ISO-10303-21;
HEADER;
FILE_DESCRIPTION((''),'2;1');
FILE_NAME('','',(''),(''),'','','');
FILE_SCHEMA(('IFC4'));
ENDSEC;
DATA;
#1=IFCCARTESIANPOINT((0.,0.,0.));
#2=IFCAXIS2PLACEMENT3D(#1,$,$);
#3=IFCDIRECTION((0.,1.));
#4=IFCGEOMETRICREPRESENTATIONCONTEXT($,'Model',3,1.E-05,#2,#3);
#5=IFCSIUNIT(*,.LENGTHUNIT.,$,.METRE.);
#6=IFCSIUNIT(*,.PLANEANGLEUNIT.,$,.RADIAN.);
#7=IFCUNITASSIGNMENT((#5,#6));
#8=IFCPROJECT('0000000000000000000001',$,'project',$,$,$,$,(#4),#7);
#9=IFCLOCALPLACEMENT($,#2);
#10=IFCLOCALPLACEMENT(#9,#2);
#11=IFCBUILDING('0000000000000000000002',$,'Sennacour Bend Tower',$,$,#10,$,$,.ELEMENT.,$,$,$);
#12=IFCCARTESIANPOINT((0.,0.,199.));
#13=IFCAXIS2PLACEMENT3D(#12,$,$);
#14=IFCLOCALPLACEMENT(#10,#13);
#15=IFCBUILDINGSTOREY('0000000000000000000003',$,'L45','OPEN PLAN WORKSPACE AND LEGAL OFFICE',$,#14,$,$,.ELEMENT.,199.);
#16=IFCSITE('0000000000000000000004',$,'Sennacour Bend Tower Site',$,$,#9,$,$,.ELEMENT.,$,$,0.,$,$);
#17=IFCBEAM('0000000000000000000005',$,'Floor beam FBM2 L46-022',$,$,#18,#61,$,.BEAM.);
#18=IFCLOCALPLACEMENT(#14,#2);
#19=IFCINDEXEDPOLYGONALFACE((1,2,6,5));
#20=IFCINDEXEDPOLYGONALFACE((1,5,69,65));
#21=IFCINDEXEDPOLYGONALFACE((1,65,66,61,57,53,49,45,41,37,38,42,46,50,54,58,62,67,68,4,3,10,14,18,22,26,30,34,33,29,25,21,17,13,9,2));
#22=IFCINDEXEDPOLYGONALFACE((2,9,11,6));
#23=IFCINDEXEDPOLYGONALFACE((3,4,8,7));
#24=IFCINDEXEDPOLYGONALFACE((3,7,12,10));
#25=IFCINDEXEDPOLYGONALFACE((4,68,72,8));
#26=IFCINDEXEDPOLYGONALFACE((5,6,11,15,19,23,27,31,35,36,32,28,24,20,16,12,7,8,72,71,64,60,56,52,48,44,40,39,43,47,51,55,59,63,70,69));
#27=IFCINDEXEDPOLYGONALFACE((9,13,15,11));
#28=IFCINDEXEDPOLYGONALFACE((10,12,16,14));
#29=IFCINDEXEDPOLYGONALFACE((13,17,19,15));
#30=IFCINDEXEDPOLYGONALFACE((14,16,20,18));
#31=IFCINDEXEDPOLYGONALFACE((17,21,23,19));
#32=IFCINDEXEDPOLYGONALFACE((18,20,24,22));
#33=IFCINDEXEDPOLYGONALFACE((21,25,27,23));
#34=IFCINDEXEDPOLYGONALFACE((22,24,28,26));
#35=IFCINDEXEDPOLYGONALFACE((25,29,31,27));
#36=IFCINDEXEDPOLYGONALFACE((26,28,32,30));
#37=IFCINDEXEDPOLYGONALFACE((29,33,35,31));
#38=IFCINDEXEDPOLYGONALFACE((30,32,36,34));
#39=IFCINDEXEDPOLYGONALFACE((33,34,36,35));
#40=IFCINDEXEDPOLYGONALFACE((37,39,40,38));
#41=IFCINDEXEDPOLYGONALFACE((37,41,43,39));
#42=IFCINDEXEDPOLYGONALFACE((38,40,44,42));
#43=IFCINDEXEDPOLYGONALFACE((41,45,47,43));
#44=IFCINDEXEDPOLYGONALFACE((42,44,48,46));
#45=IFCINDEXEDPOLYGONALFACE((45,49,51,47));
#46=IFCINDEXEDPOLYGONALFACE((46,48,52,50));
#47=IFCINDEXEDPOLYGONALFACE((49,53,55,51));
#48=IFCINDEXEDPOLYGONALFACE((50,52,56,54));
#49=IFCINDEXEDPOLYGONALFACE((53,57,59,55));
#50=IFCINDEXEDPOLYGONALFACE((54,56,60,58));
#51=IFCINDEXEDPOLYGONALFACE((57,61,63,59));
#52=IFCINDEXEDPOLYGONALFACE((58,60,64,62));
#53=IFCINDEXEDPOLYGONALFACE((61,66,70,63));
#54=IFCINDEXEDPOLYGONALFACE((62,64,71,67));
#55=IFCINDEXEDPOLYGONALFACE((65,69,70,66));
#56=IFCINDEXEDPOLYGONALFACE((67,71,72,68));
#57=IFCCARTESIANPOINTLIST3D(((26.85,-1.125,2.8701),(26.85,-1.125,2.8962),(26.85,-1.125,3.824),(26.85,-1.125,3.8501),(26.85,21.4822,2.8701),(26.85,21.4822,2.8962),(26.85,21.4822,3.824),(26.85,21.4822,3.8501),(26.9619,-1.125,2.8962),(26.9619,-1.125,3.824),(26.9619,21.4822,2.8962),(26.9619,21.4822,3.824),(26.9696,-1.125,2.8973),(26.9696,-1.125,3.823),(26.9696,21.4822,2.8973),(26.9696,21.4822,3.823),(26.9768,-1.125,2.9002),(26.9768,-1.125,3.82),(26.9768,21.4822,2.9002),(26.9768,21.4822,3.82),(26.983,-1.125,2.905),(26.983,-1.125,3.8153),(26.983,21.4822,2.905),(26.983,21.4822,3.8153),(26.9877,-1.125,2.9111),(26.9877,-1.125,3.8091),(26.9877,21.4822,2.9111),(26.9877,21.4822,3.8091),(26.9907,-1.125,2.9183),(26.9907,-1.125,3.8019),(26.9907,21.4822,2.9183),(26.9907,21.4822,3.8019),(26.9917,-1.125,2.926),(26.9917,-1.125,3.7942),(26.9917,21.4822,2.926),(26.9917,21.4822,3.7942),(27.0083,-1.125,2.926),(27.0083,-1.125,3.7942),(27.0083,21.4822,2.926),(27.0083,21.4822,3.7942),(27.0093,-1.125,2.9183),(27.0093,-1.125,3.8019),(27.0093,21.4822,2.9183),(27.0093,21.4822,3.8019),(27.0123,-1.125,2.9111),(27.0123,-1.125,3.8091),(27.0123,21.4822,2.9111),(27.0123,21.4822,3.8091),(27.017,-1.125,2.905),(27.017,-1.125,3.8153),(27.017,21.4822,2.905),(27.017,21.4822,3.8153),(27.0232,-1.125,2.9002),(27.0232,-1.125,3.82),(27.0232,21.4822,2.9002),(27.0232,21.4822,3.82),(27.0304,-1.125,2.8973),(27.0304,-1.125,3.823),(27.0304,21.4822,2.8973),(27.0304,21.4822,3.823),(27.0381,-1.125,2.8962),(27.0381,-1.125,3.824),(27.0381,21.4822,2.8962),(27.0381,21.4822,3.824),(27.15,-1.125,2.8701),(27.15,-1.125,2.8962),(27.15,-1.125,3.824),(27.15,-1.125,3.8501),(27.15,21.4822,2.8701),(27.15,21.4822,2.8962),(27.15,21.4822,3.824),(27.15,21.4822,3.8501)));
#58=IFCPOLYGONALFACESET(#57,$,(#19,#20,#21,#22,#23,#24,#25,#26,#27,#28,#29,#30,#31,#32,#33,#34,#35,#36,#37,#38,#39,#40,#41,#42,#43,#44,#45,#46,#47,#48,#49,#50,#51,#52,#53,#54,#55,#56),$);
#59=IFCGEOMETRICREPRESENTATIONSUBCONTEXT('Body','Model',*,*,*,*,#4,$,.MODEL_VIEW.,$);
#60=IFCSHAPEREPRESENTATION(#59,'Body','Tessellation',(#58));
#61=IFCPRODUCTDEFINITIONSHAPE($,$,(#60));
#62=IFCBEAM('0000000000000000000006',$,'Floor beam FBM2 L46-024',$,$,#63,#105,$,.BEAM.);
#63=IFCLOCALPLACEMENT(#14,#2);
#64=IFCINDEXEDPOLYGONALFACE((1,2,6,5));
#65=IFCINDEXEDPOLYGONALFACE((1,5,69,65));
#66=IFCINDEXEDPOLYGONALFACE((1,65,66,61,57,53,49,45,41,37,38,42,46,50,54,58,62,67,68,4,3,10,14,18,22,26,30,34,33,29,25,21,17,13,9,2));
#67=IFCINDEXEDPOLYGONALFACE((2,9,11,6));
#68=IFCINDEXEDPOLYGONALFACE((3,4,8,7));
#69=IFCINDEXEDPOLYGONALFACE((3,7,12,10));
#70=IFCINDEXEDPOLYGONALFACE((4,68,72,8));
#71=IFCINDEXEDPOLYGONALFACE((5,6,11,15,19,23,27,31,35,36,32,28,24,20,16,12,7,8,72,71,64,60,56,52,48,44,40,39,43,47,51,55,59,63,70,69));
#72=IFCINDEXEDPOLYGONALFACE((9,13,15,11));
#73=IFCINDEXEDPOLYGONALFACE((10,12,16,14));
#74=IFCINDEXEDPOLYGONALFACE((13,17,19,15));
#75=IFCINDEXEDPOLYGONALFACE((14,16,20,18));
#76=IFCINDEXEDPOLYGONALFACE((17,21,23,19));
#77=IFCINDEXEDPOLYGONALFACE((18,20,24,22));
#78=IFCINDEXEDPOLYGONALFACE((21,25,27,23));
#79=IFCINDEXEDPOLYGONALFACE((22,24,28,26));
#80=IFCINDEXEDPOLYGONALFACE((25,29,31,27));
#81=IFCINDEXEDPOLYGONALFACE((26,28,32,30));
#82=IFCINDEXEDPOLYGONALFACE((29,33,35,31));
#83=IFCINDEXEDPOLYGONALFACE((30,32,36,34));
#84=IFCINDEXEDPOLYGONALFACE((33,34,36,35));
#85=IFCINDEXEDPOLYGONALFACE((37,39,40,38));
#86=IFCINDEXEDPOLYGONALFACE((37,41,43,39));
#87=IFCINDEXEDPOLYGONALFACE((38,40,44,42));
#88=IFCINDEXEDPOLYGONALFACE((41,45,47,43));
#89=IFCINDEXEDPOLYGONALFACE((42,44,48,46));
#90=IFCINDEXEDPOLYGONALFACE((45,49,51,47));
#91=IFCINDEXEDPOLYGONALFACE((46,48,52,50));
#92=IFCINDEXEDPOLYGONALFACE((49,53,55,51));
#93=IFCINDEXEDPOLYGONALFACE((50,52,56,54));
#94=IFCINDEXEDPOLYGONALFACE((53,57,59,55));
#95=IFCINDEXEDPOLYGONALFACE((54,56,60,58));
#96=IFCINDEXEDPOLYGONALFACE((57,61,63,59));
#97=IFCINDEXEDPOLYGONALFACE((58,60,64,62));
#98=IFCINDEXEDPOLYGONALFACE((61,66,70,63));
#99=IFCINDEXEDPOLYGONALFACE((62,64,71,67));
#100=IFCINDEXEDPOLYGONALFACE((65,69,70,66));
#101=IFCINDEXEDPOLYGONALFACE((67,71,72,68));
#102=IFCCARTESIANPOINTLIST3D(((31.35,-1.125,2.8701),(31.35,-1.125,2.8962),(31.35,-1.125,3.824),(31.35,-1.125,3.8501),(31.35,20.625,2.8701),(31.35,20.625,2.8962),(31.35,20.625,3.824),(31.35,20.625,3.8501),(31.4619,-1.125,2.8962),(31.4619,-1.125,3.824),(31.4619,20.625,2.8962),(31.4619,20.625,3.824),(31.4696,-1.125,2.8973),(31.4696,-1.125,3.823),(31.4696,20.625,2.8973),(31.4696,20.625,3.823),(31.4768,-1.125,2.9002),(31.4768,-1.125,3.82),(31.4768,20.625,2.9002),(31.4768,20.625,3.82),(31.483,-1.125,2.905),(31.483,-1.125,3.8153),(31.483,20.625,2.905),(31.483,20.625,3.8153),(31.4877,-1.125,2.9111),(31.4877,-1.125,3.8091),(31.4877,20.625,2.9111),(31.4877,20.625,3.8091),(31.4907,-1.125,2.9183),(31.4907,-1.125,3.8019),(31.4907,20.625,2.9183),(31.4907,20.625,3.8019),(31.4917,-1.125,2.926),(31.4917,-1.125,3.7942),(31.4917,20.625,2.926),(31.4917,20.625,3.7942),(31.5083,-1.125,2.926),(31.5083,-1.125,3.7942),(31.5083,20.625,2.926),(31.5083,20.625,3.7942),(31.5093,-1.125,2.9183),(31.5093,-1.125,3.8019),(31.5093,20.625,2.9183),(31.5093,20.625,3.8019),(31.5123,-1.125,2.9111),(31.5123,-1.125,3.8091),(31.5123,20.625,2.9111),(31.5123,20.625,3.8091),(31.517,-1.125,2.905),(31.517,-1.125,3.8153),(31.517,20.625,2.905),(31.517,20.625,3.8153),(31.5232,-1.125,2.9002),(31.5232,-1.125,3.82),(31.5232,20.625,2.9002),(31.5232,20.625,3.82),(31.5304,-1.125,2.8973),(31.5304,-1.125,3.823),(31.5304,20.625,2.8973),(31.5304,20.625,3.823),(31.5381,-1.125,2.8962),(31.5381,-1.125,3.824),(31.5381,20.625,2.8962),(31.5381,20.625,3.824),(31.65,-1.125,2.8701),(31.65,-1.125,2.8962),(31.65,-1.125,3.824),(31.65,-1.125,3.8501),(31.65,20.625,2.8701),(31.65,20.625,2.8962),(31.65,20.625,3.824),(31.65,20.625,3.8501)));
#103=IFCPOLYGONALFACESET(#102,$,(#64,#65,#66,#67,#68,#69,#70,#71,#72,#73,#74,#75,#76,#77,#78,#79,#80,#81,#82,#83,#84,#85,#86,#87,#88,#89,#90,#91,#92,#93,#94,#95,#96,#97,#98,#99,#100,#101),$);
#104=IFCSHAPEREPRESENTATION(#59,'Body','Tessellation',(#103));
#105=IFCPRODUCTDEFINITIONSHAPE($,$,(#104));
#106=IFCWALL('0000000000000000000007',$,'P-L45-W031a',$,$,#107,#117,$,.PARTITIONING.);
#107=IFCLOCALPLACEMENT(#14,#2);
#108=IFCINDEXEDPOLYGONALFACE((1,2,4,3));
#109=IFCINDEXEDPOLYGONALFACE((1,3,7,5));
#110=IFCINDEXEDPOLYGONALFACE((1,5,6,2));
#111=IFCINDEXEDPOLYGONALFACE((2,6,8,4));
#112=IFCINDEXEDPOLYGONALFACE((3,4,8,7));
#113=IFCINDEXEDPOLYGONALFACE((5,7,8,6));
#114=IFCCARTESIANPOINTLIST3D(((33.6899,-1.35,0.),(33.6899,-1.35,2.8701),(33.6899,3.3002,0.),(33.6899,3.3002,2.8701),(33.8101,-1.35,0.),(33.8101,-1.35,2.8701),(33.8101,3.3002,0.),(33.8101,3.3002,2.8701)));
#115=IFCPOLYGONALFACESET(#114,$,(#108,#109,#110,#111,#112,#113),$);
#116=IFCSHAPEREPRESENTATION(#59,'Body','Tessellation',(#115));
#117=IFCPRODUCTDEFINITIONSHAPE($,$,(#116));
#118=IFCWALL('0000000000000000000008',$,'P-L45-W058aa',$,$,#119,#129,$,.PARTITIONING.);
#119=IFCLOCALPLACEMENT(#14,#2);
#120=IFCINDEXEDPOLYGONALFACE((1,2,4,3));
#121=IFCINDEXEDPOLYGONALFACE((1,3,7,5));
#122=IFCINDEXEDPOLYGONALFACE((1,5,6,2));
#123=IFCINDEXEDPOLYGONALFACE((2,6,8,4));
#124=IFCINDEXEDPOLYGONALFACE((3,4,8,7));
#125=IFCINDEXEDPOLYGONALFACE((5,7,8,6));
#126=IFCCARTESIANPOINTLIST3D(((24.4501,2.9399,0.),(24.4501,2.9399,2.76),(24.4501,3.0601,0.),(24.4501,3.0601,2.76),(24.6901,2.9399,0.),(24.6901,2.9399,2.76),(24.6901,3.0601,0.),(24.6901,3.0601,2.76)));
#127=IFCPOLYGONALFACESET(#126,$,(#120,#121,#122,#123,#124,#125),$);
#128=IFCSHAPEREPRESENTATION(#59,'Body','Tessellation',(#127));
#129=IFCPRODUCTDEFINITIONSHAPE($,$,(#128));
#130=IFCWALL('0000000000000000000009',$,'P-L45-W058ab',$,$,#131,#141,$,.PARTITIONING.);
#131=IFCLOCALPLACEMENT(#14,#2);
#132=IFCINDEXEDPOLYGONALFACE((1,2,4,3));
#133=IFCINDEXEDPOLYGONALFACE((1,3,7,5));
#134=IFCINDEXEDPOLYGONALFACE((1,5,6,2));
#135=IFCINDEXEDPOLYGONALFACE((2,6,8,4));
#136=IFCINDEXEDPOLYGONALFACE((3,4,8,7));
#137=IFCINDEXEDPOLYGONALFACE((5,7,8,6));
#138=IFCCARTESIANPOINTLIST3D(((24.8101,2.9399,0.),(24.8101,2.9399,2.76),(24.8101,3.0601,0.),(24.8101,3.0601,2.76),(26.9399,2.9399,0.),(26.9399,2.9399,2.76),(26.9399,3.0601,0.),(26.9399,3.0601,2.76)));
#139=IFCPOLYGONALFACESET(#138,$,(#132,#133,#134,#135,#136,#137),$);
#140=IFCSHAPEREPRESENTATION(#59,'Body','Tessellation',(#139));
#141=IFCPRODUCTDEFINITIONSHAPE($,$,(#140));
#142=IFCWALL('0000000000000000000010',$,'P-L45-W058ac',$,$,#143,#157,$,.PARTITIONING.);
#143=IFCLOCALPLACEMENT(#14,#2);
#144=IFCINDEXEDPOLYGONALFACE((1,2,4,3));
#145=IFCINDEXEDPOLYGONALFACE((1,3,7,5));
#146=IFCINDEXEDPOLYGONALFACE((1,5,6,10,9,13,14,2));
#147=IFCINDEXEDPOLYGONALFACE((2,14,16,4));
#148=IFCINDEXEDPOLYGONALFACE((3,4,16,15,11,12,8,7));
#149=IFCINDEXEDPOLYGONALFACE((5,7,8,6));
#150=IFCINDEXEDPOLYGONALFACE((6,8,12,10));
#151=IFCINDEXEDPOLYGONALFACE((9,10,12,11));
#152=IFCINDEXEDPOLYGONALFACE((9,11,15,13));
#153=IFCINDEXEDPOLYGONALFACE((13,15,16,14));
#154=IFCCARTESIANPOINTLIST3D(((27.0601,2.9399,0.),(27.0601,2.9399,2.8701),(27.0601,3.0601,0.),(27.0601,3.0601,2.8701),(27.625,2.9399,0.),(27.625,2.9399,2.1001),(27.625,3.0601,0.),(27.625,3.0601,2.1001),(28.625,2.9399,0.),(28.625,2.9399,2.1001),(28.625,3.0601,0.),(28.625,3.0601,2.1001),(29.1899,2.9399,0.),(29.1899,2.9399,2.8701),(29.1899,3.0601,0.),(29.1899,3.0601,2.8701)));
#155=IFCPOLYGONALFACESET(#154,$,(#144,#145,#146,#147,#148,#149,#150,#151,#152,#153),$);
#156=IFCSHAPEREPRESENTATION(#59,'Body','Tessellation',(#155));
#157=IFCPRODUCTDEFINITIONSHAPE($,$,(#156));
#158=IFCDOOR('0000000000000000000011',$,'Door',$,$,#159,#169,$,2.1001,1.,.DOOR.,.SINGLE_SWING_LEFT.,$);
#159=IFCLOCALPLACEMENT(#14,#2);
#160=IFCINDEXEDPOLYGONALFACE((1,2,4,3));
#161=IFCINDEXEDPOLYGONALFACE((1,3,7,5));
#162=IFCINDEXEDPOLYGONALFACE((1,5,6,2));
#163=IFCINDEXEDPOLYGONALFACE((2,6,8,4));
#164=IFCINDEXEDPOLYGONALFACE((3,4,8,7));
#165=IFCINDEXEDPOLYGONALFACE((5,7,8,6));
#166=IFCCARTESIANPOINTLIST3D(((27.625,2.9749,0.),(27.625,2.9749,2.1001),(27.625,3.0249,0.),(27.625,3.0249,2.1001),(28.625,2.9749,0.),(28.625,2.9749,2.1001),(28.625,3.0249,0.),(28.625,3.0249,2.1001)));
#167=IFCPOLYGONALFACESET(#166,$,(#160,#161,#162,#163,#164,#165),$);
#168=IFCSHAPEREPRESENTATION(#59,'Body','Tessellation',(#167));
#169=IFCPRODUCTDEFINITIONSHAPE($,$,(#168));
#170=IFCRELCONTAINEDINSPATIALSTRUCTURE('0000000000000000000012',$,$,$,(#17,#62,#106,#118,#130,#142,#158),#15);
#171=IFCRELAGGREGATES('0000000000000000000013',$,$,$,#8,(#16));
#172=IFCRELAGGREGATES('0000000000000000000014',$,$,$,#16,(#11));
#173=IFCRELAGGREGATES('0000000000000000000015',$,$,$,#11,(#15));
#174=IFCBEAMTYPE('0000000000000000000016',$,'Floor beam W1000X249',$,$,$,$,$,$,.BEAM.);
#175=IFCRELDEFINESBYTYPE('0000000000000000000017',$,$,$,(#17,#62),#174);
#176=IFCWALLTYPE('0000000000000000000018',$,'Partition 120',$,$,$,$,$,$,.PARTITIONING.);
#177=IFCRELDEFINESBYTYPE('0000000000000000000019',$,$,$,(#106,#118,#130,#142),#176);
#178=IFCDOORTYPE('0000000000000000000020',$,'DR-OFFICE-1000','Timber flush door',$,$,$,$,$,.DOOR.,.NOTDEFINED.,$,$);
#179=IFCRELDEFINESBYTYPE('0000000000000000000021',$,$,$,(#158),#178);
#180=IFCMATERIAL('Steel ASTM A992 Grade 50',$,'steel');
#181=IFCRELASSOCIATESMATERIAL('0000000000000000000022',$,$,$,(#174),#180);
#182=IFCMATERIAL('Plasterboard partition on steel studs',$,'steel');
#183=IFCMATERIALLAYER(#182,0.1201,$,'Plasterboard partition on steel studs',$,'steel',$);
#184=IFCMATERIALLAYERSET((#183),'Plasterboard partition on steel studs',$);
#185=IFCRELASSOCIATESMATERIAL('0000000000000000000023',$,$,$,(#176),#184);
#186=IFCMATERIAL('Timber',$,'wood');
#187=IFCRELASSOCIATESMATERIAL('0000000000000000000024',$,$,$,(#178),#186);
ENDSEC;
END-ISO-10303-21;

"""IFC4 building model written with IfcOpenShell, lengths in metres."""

from ifc_helpers import new_model, si_unit, direction, frame, frame_2d, origin, origin_2d, place, context, subcontext, project, spatial, rectangle, i_section, extrude, material, layer, layer_set, material_profile, profile_set, type_object, element, fill, save


model = new_model("IFC4")

# Units and contexts
model_context = context("Model", 3, precision=1e-05, world=origin(), true_north=direction((0.0, 1.0)))
body_context = subcontext(model_context, "Body", "Model", "MODEL_VIEW")
ifc_project = project(units=[si_unit("LENGTHUNIT", "METRE"), si_unit("PLANEANGLEUNIT", "RADIAN")], contexts=[model_context])

# Site, building, storey
site_placement = place(None, origin())
site = spatial("IfcSite", under=ifc_project, at=site_placement, Name="Sennacour Bend Tower Site", CompositionType="ELEMENT", RefElevation=0.0)
building_placement = place(site_placement, origin())
building = spatial("IfcBuilding", under=site, at=building_placement, Name="Sennacour Bend Tower", CompositionType="ELEMENT")
storey_placement = place(building_placement, frame((0.0, 0.0, 199.0)))
storey = spatial("IfcBuildingStorey", under=building, at=storey_placement, Name="L45", Description="OPEN PLAN WORKSPACE AND LEGAL OFFICE", CompositionType="ELEMENT", Elevation=199.0)

# Beams
ifc_material_1 = material(Name="Steel ASTM A992 Grade 50", Category="steel")
ifc_material_profile = material_profile(ifc_material_1, i_section(OverallWidth=0.3, OverallDepth=0.98, WebThickness=0.0166, FlangeThickness=0.0261, FilletRadius=0.0298, at=origin_2d()), Name="Steel ASTM A992 Grade 50", Category="steel")
ifc_profile_set = profile_set([ifc_material_profile], Name="Steel ASTM A992 Grade 50")
beam_type = type_object("IfcBeamType", Name="Floor beam W1000X249", PredefinedType="BEAM", material=ifc_profile_set)
beam_1_placement = place(storey_placement, frame((27.0, -1.125, 3.3601), z_axis=(0.0, 1.0, 0.0), x_axis=(-1.0, 0.0, 0.0)))
element("IfcBeam", 1, at=beam_1_placement, inside=storey, type_object=beam_type, Name="Floor beam FBM2 L46-022", PredefinedType="BEAM", context=body_context, shape_type="SweptSolid", body=[
    extrude(i_section(OverallWidth=0.3, OverallDepth=0.98, WebThickness=0.0166, FlangeThickness=0.0261, FilletRadius=0.0298, at=origin_2d()), origin(), (0.0, 0.0, 1.0), 22.6072),
])
beam_2_placement = place(storey_placement, frame((31.5, -1.125, 3.3601), z_axis=(0.0, 1.0, 0.0), x_axis=(-1.0, 0.0, 0.0)))
element("IfcBeam", 2, at=beam_2_placement, inside=storey, type_object=beam_type, Name="Floor beam FBM2 L46-024", PredefinedType="BEAM", context=body_context, shape_type="SweptSolid", body=[
    extrude(i_section(OverallWidth=0.3, OverallDepth=0.98, WebThickness=0.0166, FlangeThickness=0.0261, FilletRadius=0.0298, at=origin_2d()), origin(), (0.0, 0.0, 1.0), 21.75),
])

# Walls
ifc_material_2 = material(Name="Plasterboard partition on steel studs", Category="steel")
ifc_layer_1 = layer(ifc_material_2, 0.1201, Name="Plasterboard partition on steel studs", Category="steel")
ifc_layer_set_1 = layer_set([ifc_layer_1], Name="Plasterboard partition on steel studs")
wall_type_1 = type_object("IfcWallType", Name="Partition 120", PredefinedType="PARTITIONING", material=ifc_layer_set_1)
wall_1_placement = place(storey_placement, frame((33.75, -1.3501, 0.0), z_axis=(0.0, 0.0, 1.0), x_axis=(0.0, 1.0, 0.0)))
element("IfcWall", 3, at=wall_1_placement, inside=storey, type_object=wall_type_1, Name="P-L45-W031a", PredefinedType="PARTITIONING", context=body_context, shape_type="SweptSolid", body=[
    extrude(rectangle(XDim=4.6501, YDim=0.1201, at=frame_2d((2.3252, 0.0))), origin(), (0.0, 0.0, 1.0), 2.8701),
])
wall_2_placement = place(storey_placement, frame((24.45, 3.0, 0.0), z_axis=(0.0, 0.0, 1.0), x_axis=(1.0, 0.0, 0.0)))
element("IfcWall", 4, at=wall_2_placement, inside=storey, type_object=wall_type_1, Name="P-L45-W058aa", PredefinedType="PARTITIONING", context=body_context, shape_type="SweptSolid", body=[
    extrude(rectangle(XDim=0.24, YDim=0.1201, at=frame_2d((0.1201, 0.0))), origin(), (0.0, 0.0, 1.0), 2.76),
])
wall_3_placement = place(storey_placement, frame((24.8101, 3.0, 0.0), z_axis=(0.0, 0.0, 1.0), x_axis=(1.0, 0.0, 0.0)))
element("IfcWall", 5, at=wall_3_placement, inside=storey, type_object=wall_type_1, Name="P-L45-W058ab", PredefinedType="PARTITIONING", context=body_context, shape_type="SweptSolid", body=[
    extrude(rectangle(XDim=2.1299, YDim=0.1201, at=frame_2d((1.0649, 0.0))), origin(), (0.0, 0.0, 1.0), 2.76),
])

# Wall, opening, door
wall_4_placement = place(storey_placement, frame((27.0601, 3.0, 0.0), z_axis=(0.0, 0.0, 1.0), x_axis=(1.0, 0.0, 0.0)))
wall_4 = element("IfcWall", 6, at=wall_4_placement, inside=storey, type_object=wall_type_1, Name="P-L45-W058ac", PredefinedType="PARTITIONING", context=body_context, shape_type="SweptSolid", body=[
    extrude(rectangle(XDim=2.1299, YDim=0.1201, at=frame_2d((1.0649, 0.0))), origin(), (0.0, 0.0, 1.0), 2.8701),
])
opening_1_placement = place(wall_4_placement, frame((0.5649, 0.0, 0.0)))
opening_1 = element("IfcOpeningElement", 7, at=opening_1_placement, cuts=wall_4, PredefinedType="OPENING", context=body_context, shape_type="SweptSolid", body=[
    extrude(rectangle(XDim=1.0, YDim=2.1001, at=frame_2d((0.5, 1.05))), frame((0.0, 0.0701, 0.0), z_axis=(0.0, -1.0, 0.0), x_axis=(1.0, 0.0, 0.0)), (0.0, 0.0, 1.0), 0.1401),
])
ifc_material_3 = material(Name="Timber", Category="wood")
door_type_1 = type_object("IfcDoorType", Name="DR-OFFICE-1000", Description="Timber flush door", OperationType="NOTDEFINED", PredefinedType="DOOR", material=ifc_material_3)
door_1_placement = place(opening_1_placement, origin())
door_1 = element("IfcDoor", 8, at=door_1_placement, inside=storey, type_object=door_type_1, Name="Door", OperationType="SINGLE_SWING_LEFT", OverallHeight=2.1001, OverallWidth=1.0, PredefinedType="DOOR", context=body_context, shape_type="SweptSolid", body=[
    extrude(rectangle(XDim=1.0, YDim=2.1001, at=frame_2d((0.5, 1.05))), frame((0.0, 0.0249, 0.0), z_axis=(0.0, -1.0, 0.0), x_axis=(1.0, 0.0, 0.0)), (0.0, 0.0, 1.0), 0.05),
])
fill(opening_1, door_1)

save(model, "model.ifc")
